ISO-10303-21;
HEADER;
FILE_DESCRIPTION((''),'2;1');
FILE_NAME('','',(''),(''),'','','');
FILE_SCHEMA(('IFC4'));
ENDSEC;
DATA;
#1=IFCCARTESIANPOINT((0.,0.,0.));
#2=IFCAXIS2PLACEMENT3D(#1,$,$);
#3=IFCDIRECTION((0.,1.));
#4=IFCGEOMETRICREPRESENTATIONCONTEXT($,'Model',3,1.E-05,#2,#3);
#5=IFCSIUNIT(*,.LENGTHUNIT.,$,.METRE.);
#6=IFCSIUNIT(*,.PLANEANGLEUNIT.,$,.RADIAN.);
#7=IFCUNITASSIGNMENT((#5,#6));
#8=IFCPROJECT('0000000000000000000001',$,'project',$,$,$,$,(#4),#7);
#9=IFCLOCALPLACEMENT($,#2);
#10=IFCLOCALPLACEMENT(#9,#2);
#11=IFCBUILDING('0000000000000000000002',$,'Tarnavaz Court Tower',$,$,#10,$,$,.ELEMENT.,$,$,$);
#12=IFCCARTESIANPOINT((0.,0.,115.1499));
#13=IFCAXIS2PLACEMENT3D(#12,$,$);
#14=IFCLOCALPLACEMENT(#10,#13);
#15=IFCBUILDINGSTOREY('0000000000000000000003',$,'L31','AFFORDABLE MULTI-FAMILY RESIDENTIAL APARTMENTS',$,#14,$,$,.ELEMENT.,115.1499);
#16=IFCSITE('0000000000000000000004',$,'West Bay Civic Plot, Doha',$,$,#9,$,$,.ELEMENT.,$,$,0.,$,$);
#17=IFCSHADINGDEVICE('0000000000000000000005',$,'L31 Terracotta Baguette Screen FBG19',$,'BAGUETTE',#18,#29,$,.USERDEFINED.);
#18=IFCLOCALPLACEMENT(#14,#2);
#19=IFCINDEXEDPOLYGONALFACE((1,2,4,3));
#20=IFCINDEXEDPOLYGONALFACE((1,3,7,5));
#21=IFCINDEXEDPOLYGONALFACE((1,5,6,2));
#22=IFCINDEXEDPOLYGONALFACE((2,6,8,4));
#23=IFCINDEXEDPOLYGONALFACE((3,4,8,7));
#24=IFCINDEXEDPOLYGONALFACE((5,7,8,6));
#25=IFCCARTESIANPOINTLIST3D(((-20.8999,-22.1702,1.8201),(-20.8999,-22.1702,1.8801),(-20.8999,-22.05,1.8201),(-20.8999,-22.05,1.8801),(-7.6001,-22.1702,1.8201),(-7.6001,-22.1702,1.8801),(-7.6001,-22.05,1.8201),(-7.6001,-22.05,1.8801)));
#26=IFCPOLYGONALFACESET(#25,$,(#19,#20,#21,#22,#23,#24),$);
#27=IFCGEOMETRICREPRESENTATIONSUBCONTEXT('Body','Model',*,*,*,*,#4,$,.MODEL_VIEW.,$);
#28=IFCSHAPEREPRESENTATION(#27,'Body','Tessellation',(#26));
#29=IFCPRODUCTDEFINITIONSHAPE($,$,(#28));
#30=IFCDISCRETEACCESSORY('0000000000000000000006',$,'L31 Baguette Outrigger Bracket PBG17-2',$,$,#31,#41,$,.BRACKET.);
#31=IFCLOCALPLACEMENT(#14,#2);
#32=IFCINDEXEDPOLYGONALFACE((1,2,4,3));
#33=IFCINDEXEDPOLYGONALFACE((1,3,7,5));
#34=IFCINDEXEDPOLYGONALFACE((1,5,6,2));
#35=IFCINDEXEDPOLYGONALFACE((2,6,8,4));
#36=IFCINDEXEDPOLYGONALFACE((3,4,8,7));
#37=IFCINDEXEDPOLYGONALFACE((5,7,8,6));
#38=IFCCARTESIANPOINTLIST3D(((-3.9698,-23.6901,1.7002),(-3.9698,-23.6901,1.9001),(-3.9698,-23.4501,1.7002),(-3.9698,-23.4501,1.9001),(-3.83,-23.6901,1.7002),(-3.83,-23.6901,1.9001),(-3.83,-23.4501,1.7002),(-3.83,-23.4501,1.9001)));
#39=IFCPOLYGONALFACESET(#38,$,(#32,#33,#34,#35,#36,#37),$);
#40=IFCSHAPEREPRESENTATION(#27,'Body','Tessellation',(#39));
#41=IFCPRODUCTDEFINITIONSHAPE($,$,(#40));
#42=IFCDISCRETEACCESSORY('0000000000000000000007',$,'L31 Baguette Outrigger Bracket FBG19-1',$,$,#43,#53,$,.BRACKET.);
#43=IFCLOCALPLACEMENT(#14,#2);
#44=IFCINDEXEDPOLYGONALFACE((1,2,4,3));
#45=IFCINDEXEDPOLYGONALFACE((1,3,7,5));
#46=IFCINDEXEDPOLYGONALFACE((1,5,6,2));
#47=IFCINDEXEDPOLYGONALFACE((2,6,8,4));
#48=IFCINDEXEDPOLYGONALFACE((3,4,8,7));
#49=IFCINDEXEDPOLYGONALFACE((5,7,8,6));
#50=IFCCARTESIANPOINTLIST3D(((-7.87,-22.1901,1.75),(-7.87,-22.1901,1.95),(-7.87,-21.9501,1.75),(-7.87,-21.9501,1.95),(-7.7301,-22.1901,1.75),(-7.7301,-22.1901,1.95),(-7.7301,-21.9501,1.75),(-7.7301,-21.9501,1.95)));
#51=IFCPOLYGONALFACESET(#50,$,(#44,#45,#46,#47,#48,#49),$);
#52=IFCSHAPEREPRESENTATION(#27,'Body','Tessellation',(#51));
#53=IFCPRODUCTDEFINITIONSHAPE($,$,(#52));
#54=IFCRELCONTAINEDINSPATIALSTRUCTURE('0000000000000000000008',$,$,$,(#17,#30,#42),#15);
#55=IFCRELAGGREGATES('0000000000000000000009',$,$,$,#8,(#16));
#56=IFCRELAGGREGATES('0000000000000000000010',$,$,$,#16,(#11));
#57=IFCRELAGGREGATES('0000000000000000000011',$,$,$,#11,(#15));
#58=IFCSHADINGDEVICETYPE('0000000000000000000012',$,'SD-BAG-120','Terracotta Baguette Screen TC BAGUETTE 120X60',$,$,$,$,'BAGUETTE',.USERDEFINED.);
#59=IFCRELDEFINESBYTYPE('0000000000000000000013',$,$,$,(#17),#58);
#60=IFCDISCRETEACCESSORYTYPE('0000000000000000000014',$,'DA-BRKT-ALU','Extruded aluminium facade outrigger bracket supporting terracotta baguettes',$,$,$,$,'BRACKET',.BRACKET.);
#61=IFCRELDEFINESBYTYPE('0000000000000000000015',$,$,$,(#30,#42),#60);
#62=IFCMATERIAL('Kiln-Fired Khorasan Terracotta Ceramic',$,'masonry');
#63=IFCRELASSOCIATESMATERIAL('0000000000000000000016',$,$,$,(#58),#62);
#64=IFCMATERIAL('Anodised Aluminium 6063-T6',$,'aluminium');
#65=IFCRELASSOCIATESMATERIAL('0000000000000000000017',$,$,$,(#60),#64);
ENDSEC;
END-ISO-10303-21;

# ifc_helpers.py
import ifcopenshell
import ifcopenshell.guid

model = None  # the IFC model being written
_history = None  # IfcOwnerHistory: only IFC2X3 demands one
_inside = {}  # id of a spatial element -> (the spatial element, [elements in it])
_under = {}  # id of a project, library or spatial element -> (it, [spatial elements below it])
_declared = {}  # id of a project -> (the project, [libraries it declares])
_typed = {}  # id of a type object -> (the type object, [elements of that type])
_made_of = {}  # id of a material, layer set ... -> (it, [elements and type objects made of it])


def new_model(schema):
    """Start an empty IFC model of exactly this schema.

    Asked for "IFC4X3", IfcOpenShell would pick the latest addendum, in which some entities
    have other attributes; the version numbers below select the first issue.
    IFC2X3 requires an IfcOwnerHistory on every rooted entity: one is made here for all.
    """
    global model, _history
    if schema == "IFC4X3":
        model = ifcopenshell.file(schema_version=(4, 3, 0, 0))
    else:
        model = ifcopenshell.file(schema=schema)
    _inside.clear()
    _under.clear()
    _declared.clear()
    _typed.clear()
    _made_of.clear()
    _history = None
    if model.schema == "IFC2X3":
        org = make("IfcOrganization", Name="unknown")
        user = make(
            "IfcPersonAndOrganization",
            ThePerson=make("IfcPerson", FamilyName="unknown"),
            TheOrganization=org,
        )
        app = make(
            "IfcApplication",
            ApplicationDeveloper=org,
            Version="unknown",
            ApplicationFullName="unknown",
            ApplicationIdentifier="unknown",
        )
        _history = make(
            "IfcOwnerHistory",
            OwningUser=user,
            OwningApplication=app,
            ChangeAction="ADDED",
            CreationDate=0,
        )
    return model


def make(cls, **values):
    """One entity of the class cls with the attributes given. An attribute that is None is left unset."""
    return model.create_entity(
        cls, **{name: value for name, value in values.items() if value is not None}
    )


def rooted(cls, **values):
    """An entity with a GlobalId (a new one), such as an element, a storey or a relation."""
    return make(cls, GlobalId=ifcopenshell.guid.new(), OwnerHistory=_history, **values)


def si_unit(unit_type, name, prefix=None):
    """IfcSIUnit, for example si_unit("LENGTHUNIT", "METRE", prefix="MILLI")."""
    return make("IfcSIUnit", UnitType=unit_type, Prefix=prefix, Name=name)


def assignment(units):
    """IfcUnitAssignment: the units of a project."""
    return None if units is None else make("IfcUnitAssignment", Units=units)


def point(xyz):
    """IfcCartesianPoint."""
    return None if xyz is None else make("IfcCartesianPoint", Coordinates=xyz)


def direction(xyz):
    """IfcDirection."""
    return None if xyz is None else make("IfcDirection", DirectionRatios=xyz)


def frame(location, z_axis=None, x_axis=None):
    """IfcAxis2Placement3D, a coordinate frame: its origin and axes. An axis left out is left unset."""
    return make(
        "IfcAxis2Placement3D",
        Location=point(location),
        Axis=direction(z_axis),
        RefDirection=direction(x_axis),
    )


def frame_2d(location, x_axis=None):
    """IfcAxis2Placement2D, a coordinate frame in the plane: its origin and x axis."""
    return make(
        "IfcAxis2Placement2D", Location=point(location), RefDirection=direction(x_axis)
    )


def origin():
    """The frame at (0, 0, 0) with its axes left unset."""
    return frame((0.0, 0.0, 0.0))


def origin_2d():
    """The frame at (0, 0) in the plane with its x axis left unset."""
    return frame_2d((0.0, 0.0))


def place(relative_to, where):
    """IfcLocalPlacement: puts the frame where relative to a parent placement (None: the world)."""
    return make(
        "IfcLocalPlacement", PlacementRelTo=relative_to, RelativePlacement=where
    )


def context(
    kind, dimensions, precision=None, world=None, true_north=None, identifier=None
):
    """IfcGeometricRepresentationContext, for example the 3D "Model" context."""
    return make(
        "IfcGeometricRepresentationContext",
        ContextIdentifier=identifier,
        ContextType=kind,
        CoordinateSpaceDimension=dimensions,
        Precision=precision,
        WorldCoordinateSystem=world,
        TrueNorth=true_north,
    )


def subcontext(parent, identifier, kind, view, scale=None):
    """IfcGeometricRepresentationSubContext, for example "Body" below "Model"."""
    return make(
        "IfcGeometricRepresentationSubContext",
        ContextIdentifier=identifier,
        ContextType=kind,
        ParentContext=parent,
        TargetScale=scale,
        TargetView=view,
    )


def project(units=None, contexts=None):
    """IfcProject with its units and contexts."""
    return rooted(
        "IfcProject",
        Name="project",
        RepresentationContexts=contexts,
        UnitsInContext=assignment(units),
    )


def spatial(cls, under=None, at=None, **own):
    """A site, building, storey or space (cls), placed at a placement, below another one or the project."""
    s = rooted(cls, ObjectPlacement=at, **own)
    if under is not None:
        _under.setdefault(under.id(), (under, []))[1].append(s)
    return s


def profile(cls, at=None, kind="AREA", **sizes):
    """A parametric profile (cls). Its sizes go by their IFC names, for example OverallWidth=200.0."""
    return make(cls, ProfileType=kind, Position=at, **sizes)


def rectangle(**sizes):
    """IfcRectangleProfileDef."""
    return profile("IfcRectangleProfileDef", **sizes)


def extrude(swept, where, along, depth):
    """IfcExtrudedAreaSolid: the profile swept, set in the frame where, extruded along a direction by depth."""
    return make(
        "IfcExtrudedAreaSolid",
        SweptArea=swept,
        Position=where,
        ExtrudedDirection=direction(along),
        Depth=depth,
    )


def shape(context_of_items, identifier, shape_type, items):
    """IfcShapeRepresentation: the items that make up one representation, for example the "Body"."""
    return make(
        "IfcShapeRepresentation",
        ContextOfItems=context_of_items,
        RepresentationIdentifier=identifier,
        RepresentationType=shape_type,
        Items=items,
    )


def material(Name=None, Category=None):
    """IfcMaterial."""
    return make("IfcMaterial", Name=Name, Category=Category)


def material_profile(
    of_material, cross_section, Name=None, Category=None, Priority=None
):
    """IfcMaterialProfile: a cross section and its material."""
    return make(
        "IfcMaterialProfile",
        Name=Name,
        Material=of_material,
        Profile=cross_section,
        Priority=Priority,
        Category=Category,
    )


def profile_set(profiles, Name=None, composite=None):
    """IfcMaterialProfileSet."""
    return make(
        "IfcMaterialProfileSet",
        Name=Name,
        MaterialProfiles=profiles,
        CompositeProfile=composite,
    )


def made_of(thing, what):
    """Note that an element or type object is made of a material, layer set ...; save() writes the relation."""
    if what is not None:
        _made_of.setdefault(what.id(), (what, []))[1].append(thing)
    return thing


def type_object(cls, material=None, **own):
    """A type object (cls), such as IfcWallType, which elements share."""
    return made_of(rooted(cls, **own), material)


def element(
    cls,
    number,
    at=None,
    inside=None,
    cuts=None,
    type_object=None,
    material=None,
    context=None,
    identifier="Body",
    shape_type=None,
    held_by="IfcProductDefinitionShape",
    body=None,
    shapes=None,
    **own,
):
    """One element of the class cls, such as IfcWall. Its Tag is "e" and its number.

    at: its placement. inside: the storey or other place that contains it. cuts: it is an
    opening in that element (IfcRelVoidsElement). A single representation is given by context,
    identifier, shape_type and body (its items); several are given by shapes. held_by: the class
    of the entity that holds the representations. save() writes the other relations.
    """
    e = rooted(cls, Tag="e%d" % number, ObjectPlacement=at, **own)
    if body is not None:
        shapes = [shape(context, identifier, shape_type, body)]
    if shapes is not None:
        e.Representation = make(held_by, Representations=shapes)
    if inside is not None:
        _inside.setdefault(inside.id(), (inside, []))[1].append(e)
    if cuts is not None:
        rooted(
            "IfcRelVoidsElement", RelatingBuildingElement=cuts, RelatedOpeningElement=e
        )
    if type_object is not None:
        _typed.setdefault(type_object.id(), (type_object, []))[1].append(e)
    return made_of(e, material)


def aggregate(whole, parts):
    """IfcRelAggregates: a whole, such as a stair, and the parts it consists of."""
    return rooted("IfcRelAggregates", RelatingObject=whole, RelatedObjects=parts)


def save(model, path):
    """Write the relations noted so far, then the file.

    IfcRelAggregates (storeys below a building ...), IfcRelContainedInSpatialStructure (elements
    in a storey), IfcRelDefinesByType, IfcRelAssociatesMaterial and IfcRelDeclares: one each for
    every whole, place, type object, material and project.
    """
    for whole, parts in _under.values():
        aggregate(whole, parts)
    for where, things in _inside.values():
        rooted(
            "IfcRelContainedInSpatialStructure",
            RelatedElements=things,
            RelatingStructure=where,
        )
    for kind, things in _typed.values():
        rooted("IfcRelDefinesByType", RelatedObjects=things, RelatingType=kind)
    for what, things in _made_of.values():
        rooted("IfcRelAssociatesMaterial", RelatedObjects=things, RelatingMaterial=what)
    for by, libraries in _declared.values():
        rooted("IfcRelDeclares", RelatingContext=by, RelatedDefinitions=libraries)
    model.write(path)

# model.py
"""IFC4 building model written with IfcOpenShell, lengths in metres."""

from ifc_helpers import new_model, si_unit, direction, frame, origin, origin_2d, place, context, subcontext, project, spatial, rectangle, extrude, material, material_profile, profile_set, type_object, element, save


model = new_model("IFC4")

# Units and contexts
model_context = context("Model", 3, precision=1e-05, world=origin(), true_north=direction((0.0, 1.0)))
body_context = subcontext(model_context, "Body", "Model", "MODEL_VIEW")
ifc_project = project(units=[si_unit("LENGTHUNIT", "METRE"), si_unit("PLANEANGLEUNIT", "RADIAN")], contexts=[model_context])

# Site, building, storey
site_placement = place(None, origin())
site = spatial("IfcSite", under=ifc_project, at=site_placement, Name="West Bay Civic Plot, Doha", CompositionType="ELEMENT", RefElevation=0.0)
building_placement = place(site_placement, origin())
building = spatial("IfcBuilding", under=site, at=building_placement, Name="Tarnavaz Court Tower", CompositionType="ELEMENT")
storey_placement = place(building_placement, frame((0.0, 0.0, 115.1499)))
storey = spatial("IfcBuildingStorey", under=building, at=storey_placement, Name="L31", Description="AFFORDABLE MULTI-FAMILY RESIDENTIAL APARTMENTS", CompositionType="ELEMENT", Elevation=115.1499)

# Shared definitions
ifc_material_1 = material(Name="Anodised Aluminium 6063-T6", Category="aluminium")

# Shading device
ifc_material_2 = material(Name="Kiln-Fired Khorasan Terracotta Ceramic", Category="masonry")
ifc_material_profile_1 = material_profile(ifc_material_2, rectangle(XDim=0.1201, YDim=0.0601, at=origin_2d()), Name="TC BAGUETTE 120X60")
ifc_profile_set_1 = profile_set([ifc_material_profile_1], Name="Kiln-Fired Khorasan Terracotta Ceramic")
shading_device_type = type_object("IfcShadingDeviceType", Name="SD-BAG-120", Description="Terracotta Baguette Screen TC BAGUETTE 120X60", ElementType="BAGUETTE", PredefinedType="USERDEFINED", material=ifc_profile_set_1)
shading_device_placement = place(storey_placement, frame((-7.6001, -22.1101, 1.8501), z_axis=(-1.0, 0.0, 0.0), x_axis=(0.0, -1.0, 0.0)))
element("IfcShadingDevice", 1, at=shading_device_placement, inside=storey, type_object=shading_device_type, Name="L31 Terracotta Baguette Screen FBG19", ObjectType="BAGUETTE", PredefinedType="USERDEFINED", context=body_context, shape_type="SweptSolid", body=[
    extrude(rectangle(XDim=0.1201, YDim=0.0601, at=origin_2d()), origin(), (0.0, 0.0, 1.0), 13.2998),
])

# Discrete accessories
discrete_accessory_type = type_object("IfcDiscreteAccessoryType", Name="DA-BRKT-ALU", Description="Extruded aluminium facade outrigger bracket supporting terracotta baguettes", ElementType="BRACKET", PredefinedType="BRACKET", material=ifc_material_1)
for number, where, z_axis, x_axis, name in (
    (2, (-3.8999, -23.5701, 1.7002), (0.0, 0.0, 1.0), (-1.0, 0.0, 0.0), "L31 Baguette Outrigger Bracket PBG17-2"),
    (3, (-7.8, -22.0701, 1.75), (0.0, 0.0, 1.0), (-1.0, 0.0, 0.0), "L31 Baguette Outrigger Bracket FBG19-1"),
):
    element("IfcDiscreteAccessory", number, at=place(storey_placement, frame(where, z_axis=z_axis, x_axis=x_axis)), inside=storey, type_object=discrete_accessory_type, Name=name, PredefinedType="BRACKET", context=body_context, shape_type="SweptSolid", body=[
        extrude(rectangle(XDim=0.1399, YDim=0.24, at=origin_2d()), origin(), (0.0, 0.0, 1.0), 0.2),
    ])

save(model, "model.ifc")
